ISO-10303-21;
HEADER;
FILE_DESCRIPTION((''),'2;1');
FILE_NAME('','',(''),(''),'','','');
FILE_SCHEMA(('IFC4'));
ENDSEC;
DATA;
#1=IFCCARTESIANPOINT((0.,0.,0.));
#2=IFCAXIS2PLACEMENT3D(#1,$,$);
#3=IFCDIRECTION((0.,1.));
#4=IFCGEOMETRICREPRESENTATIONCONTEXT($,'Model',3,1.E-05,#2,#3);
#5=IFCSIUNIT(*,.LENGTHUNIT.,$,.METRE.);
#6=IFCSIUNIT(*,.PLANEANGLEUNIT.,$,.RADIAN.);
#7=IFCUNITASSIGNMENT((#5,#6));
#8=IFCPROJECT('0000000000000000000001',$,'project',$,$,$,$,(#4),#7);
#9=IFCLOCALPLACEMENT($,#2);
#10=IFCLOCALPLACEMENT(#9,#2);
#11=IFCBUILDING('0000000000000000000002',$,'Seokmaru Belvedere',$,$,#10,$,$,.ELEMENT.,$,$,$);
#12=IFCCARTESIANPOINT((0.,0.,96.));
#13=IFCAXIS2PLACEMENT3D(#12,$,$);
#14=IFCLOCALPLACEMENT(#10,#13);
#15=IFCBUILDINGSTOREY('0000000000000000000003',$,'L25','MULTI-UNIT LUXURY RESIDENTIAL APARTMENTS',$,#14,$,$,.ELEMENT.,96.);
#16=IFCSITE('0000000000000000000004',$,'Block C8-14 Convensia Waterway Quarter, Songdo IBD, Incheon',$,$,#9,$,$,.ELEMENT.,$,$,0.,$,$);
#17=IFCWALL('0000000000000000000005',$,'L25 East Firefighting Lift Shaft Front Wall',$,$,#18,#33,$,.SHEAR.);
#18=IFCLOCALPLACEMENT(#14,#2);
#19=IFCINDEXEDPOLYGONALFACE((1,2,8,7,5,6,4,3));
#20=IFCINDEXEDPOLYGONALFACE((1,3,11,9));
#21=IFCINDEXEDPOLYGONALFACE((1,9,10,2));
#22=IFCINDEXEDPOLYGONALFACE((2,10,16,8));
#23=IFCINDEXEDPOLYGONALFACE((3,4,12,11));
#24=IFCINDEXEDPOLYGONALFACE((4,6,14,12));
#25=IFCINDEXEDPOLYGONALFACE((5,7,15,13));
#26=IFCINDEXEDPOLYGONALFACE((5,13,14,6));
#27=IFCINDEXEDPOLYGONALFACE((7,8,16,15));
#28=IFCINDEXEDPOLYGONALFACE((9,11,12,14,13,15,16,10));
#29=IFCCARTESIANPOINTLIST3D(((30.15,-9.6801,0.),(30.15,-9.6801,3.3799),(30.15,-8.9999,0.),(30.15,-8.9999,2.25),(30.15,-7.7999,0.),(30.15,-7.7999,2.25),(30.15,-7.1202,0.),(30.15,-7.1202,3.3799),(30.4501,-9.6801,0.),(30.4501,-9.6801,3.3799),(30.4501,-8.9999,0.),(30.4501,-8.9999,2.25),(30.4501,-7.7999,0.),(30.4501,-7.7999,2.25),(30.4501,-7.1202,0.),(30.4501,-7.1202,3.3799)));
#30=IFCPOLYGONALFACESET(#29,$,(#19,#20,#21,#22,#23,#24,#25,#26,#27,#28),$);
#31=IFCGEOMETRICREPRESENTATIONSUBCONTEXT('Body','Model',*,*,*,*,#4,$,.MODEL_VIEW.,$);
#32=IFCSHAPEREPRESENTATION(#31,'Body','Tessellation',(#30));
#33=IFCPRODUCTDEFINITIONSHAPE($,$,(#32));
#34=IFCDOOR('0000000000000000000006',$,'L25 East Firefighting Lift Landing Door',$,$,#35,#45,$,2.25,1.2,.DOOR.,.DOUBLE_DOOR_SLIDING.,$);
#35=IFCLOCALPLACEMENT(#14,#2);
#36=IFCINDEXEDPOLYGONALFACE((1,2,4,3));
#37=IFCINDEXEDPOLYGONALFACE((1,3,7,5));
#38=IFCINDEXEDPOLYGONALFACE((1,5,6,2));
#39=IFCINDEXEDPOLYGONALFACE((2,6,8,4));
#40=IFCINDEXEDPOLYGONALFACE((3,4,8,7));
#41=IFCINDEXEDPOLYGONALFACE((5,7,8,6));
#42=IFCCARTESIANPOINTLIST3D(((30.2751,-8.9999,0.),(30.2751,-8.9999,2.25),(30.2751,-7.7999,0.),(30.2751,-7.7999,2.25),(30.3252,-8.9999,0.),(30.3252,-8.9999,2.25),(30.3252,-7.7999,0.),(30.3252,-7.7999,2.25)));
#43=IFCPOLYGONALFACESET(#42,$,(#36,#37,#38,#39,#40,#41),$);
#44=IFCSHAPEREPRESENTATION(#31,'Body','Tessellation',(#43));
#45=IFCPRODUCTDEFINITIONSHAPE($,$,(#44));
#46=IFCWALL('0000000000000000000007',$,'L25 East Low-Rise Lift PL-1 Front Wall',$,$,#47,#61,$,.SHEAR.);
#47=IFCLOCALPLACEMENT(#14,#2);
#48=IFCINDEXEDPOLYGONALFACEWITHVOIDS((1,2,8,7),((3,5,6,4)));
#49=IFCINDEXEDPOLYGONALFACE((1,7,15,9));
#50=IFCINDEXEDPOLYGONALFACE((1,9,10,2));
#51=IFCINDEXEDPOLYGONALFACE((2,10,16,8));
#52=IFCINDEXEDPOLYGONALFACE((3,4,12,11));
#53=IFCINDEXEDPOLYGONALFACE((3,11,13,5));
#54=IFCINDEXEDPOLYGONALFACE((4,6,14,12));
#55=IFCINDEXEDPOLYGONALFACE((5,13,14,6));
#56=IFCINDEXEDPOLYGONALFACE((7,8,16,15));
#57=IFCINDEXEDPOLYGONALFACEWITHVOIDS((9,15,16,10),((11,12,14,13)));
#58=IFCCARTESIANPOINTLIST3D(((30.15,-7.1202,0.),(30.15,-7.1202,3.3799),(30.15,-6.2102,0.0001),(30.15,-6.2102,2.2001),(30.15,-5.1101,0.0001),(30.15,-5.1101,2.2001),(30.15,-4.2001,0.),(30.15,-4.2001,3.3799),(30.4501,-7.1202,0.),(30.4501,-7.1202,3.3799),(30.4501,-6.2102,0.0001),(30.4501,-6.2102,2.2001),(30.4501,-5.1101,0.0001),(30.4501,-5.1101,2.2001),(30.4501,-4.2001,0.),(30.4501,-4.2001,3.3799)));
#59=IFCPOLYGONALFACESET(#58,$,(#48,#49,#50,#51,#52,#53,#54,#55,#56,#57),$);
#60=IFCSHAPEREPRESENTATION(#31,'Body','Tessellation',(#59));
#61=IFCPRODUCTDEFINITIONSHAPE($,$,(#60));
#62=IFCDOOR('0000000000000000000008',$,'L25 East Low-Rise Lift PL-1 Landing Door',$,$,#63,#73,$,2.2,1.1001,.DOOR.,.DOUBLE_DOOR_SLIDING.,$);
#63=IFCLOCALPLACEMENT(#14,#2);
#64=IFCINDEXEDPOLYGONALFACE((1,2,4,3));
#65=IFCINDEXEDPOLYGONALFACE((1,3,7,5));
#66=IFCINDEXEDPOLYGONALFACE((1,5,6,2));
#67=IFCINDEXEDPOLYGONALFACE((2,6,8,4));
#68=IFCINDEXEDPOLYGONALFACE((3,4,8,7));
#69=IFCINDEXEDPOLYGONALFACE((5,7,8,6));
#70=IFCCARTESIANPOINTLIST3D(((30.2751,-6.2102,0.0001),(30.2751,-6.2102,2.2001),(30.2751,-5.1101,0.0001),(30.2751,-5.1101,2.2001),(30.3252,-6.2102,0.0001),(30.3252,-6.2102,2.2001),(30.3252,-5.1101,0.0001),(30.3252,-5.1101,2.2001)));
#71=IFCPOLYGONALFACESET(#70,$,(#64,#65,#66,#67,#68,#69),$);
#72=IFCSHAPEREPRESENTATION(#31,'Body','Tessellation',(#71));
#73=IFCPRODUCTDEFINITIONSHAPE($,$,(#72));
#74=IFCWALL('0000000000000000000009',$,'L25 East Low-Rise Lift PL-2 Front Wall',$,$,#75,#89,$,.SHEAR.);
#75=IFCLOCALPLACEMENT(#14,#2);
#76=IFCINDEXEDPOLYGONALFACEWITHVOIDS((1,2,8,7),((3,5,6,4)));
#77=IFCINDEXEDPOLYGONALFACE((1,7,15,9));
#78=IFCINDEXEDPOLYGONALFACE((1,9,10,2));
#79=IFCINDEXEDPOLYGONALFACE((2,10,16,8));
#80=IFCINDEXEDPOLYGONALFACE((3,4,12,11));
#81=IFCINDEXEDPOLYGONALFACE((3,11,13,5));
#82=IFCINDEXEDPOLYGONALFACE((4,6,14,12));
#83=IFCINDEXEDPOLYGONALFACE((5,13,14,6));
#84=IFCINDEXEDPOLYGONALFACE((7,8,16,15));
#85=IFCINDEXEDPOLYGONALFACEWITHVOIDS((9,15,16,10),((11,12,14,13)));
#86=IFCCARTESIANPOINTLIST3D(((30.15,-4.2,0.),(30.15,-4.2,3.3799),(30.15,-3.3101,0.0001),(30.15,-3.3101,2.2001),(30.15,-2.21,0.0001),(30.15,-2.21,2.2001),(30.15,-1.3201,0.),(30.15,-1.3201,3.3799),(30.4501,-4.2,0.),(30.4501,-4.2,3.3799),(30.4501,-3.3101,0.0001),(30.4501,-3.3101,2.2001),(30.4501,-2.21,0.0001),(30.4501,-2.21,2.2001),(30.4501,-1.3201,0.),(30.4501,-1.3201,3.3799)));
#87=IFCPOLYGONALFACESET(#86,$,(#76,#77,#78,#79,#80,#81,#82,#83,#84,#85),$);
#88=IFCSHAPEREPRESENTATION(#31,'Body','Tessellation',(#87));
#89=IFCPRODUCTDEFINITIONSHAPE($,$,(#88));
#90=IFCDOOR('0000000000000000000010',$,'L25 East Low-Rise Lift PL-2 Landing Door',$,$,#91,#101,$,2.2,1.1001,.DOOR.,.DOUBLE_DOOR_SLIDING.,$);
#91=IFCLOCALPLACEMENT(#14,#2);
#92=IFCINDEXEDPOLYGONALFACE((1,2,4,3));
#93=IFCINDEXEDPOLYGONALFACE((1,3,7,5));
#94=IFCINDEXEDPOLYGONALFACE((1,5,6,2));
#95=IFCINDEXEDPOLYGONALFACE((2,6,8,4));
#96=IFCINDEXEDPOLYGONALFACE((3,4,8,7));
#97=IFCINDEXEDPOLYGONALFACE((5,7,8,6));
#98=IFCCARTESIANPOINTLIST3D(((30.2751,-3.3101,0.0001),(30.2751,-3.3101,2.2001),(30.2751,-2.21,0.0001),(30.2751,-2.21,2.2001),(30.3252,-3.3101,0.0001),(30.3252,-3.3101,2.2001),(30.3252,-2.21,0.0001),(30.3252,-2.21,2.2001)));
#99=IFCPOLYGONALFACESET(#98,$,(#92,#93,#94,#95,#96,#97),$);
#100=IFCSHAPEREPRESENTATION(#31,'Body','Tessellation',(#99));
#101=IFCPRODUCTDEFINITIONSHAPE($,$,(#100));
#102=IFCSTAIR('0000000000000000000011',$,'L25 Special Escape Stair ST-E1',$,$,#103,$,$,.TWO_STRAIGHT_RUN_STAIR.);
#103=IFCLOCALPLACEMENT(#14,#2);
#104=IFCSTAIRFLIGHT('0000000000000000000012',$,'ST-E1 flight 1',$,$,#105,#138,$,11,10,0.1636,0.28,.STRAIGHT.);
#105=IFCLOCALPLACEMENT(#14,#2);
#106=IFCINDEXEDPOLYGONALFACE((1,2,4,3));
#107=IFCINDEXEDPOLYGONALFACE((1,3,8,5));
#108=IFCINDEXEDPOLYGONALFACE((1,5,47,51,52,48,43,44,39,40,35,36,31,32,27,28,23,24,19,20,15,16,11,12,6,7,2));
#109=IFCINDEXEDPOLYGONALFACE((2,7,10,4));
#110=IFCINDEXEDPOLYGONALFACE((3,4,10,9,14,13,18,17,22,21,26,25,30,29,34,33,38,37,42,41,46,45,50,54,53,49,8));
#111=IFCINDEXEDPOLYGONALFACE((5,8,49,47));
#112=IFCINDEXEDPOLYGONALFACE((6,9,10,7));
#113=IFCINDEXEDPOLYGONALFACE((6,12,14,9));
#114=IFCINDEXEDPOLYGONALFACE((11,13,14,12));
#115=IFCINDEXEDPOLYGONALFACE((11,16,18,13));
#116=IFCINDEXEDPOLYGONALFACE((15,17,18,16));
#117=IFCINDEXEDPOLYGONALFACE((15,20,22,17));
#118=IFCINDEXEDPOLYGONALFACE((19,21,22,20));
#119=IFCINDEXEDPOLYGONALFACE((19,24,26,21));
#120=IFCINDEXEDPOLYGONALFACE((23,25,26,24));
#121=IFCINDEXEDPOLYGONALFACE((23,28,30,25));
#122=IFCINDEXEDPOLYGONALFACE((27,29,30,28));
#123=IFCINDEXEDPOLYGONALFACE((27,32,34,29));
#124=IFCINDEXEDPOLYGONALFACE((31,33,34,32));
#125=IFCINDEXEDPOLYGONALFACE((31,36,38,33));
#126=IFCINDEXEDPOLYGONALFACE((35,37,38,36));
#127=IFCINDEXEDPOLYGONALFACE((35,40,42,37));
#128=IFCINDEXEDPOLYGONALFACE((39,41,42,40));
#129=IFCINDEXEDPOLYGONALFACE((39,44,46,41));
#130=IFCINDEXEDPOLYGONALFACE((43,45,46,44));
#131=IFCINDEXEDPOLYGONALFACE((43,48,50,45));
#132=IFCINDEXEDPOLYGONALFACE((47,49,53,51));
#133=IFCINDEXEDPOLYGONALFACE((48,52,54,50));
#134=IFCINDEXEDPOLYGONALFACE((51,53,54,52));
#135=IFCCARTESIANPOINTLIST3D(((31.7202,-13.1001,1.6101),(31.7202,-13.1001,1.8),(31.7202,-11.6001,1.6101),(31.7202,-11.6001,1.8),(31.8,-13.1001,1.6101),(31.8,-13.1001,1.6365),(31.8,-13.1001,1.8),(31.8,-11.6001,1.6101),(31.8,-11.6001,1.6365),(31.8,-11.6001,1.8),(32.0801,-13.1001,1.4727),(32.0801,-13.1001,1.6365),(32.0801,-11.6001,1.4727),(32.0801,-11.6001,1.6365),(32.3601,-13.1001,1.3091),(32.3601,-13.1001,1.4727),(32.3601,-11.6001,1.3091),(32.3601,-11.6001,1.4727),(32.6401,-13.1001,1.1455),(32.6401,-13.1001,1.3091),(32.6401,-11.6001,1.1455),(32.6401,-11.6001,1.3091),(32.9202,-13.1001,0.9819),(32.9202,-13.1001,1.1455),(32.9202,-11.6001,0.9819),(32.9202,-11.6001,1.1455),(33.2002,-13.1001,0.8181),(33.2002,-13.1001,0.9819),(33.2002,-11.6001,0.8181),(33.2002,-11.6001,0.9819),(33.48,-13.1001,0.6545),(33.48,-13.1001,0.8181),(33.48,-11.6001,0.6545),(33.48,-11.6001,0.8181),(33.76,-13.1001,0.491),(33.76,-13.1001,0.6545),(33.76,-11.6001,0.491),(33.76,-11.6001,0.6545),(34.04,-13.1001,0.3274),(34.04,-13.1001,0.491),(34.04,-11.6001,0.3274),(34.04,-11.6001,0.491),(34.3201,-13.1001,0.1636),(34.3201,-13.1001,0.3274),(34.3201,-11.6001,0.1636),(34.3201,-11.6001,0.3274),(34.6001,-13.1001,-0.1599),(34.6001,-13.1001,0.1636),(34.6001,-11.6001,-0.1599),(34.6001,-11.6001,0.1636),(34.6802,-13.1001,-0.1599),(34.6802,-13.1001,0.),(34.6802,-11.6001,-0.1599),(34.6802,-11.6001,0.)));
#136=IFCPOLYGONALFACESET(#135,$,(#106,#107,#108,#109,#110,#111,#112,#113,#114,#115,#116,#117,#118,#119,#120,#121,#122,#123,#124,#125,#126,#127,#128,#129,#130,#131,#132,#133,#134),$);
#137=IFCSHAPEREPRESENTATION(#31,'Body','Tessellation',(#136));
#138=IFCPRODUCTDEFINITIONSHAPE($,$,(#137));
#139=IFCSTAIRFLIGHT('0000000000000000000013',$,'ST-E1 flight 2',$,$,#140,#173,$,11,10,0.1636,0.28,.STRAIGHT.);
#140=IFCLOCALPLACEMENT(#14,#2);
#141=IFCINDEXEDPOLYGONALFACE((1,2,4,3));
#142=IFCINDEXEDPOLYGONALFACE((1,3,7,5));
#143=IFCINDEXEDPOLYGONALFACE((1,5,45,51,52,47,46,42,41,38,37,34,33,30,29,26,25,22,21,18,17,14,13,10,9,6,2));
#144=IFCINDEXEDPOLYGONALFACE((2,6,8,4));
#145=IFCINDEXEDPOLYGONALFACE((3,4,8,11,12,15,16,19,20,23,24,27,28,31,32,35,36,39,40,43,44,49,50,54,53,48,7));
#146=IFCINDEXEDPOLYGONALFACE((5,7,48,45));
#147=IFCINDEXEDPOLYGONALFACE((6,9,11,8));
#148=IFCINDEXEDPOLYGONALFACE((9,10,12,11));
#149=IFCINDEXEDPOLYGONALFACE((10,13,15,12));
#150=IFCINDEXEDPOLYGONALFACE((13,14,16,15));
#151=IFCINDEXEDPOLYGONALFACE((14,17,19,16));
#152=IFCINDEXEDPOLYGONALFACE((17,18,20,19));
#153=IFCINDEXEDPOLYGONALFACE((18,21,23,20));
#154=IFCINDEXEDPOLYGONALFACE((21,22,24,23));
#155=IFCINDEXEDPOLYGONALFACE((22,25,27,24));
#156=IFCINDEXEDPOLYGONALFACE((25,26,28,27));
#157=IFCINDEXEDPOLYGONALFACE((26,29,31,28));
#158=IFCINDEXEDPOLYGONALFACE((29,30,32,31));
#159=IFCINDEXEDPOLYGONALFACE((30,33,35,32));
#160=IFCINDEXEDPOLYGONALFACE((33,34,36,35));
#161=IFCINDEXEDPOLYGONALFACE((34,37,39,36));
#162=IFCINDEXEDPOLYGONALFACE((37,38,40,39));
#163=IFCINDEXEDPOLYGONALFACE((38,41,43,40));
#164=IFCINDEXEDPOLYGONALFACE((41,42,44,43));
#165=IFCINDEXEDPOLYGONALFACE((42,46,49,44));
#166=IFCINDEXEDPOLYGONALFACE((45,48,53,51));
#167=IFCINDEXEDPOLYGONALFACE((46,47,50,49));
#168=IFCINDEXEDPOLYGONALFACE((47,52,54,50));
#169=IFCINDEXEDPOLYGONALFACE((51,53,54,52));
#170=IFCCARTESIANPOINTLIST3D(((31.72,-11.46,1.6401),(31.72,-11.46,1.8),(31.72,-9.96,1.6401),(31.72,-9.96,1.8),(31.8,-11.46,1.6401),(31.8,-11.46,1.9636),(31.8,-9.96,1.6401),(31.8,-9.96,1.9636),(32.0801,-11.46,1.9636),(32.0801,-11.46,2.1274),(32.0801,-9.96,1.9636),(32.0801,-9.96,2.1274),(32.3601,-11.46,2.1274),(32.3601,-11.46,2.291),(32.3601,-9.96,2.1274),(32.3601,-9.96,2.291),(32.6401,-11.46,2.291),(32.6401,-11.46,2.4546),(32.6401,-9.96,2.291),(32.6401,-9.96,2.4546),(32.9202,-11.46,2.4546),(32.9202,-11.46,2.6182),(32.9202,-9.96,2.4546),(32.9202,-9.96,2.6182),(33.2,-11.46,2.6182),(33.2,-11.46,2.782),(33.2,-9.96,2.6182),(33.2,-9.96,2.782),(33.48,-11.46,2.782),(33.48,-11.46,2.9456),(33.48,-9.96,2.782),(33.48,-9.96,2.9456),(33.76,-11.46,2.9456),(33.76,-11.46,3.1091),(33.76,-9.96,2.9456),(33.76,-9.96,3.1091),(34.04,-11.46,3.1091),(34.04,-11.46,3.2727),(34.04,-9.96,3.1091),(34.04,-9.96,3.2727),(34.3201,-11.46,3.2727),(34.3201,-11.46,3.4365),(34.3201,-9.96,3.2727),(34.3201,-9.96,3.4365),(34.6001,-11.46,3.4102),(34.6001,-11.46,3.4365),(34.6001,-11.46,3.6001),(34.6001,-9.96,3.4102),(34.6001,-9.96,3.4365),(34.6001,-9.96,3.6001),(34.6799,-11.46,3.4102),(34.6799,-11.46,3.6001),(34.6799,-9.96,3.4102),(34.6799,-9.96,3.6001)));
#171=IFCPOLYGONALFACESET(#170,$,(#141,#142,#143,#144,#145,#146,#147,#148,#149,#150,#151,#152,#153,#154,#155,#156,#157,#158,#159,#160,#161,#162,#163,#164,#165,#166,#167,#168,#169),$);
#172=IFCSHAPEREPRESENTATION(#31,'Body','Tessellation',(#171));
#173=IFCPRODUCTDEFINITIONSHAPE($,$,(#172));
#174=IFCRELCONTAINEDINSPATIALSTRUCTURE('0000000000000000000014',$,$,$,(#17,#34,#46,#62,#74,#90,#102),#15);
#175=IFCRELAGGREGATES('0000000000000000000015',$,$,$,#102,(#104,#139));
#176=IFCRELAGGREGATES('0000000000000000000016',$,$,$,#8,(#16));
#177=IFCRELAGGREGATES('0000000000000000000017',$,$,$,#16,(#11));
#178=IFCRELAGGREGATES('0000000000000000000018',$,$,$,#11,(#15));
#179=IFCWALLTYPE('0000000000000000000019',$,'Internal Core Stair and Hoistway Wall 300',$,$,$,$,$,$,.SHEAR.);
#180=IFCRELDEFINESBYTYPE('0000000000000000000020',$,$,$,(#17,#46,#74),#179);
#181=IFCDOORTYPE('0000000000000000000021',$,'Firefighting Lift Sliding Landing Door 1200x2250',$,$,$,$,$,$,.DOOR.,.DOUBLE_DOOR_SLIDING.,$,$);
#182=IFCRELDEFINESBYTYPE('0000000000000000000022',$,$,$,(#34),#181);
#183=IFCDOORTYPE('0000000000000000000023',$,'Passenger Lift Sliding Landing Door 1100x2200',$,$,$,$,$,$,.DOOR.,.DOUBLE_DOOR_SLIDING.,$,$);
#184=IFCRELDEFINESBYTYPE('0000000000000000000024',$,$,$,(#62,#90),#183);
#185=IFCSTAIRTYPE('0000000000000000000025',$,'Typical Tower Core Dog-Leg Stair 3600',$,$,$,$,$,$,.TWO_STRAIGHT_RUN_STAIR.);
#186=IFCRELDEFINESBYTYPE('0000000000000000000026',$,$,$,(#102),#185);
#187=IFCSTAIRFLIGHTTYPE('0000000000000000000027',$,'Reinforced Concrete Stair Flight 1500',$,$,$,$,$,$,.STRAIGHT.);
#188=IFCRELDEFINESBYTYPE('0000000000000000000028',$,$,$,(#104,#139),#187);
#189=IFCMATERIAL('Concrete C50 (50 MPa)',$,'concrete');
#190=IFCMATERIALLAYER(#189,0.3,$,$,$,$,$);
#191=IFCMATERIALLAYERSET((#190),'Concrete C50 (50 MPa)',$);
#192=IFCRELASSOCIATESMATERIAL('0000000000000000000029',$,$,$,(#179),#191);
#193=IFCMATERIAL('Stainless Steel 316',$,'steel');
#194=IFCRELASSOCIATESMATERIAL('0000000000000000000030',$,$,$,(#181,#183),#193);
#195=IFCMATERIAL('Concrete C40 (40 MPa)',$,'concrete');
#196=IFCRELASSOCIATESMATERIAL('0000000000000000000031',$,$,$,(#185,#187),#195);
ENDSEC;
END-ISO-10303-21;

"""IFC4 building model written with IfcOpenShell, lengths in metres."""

from ifc_helpers import new_model, si_unit, direction, frame, frame_2d, origin, place, context, subcontext, project, spatial, polyline, rectangle, outline, extrude, source, transform, mapped, material, layer, layer_set, type_object, type_shapes, element, fill, aggregate, save


model = new_model("IFC4")

# Units and contexts
model_context = context("Model", 3, precision=1e-05, world=origin(), true_north=direction((0.0, 1.0)))
body_context = subcontext(model_context, "Body", "Model", "MODEL_VIEW")
ifc_project = project(units=[si_unit("LENGTHUNIT", "METRE"), si_unit("PLANEANGLEUNIT", "RADIAN")], contexts=[model_context])

# Site, building, storey
site_placement = place(None, origin())
site = spatial("IfcSite", under=ifc_project, at=site_placement, Name="Block C8-14 Convensia Waterway Quarter, Songdo IBD, Incheon", CompositionType="ELEMENT", RefElevation=0.0)
building_placement = place(site_placement, origin())
building = spatial("IfcBuilding", under=site, at=building_placement, Name="Seokmaru Belvedere", CompositionType="ELEMENT")
storey_placement = place(building_placement, frame((0.0, 0.0, 96.0)))
storey = spatial("IfcBuildingStorey", under=building, at=storey_placement, Name="L25", Description="MULTI-UNIT LUXURY RESIDENTIAL APARTMENTS", CompositionType="ELEMENT", Elevation=96.0)

# Walls, openings, doors
ifc_material_1 = material(Name="Concrete C50 (50 MPa)", Category="concrete")
ifc_layer_1 = layer(ifc_material_1, 0.3)
ifc_layer_set_1 = layer_set([ifc_layer_1], Name="Concrete C50 (50 MPa)")
wall_type_1 = type_object("IfcWallType", Name="Internal Core Stair and Hoistway Wall 300", PredefinedType="SHEAR", material=ifc_layer_set_1)
wall_1_placement = place(storey_placement, frame((30.3, -9.6799, 0.0), z_axis=(0.0, 0.0, 1.0), x_axis=(0.0, 1.0, 0.0)))
wall_1 = element("IfcWall", 1, at=wall_1_placement, inside=storey, type_object=wall_type_1, Name="L25 East Firefighting Lift Shaft Front Wall", PredefinedType="SHEAR", context=body_context, shape_type="SweptSolid", body=[
    extrude(rectangle(XDim=2.5598, YDim=0.3, at=frame_2d((1.2798, 0.0))), origin(), (0.0, 0.0, 1.0), 3.3799),
])
opening_1_placement = place(wall_1_placement, frame((0.6799, 0.0, 0.0)))
opening_1 = element("IfcOpeningElement", 2, at=opening_1_placement, cuts=wall_1, PredefinedType="OPENING", context=body_context, shape_type="SweptSolid", body=[
    extrude(rectangle(XDim=1.2, YDim=2.25, at=frame_2d((0.6001, 1.125))), frame((0.0, 0.1602, 0.0), z_axis=(0.0, -1.0, 0.0), x_axis=(1.0, 0.0, 0.0)), (0.0, 0.0, 1.0), 0.3201),
])
ifc_material_2 = material(Name="Stainless Steel 316", Category="steel")
door_type_1 = type_object("IfcDoorType", Name="Firefighting Lift Sliding Landing Door 1200x2250", OperationType="DOUBLE_DOOR_SLIDING", PredefinedType="DOOR", material=ifc_material_2)
shared_shape_1 = source(origin(), body_context, "Body", "SweptSolid", [
    extrude(rectangle(XDim=1.2, YDim=2.25, at=frame_2d((0.6001, 1.125))), frame((0.0, 0.0249, 0.0), z_axis=(0.0, -1.0, 0.0), x_axis=(1.0, 0.0, 0.0)), (0.0, 0.0, 1.0), 0.05),
])
type_shapes(door_type_1, [shared_shape_1])
door_1_placement = place(opening_1_placement, origin())
door_1 = element("IfcDoor", 3, at=door_1_placement, inside=storey, type_object=door_type_1, Name="L25 East Firefighting Lift Landing Door", OperationType="DOUBLE_DOOR_SLIDING", OverallHeight=2.25, OverallWidth=1.2, PredefinedType="DOOR", context=body_context, shape_type="MappedRepresentation", body=[
    mapped(shared_shape_1, transform((0.0, 0.0, 0.0), scale=1.0)),
])
fill(opening_1, door_1)
wall_2_placement = place(storey_placement, frame((30.3, -7.1201, 0.0), z_axis=(0.0, 0.0, 1.0), x_axis=(0.0, 1.0, 0.0)))
wall_2 = element("IfcWall", 4, at=wall_2_placement, inside=storey, type_object=wall_type_1, Name="L25 East Low-Rise Lift PL-1 Front Wall", PredefinedType="SHEAR", context=body_context, shape_type="SweptSolid", body=[
    extrude(rectangle(XDim=2.9202, YDim=0.3, at=frame_2d((1.46, 0.0))), origin(), (0.0, 0.0, 1.0), 3.3799),
])
opening_2_placement = place(wall_2_placement, frame((0.9099, 0.0, 0.0)))
opening_2 = element("IfcOpeningElement", 5, at=opening_2_placement, cuts=wall_2, PredefinedType="OPENING", context=body_context, shape_type="SweptSolid", body=[
    extrude(rectangle(XDim=1.1001, YDim=2.2, at=frame_2d((0.55, 1.1001))), frame((0.0, 0.1602, 0.0), z_axis=(0.0, -1.0, 0.0), x_axis=(1.0, 0.0, 0.0)), (0.0, 0.0, 1.0), 0.3201),
])
door_type_2 = type_object("IfcDoorType", Name="Passenger Lift Sliding Landing Door 1100x2200", OperationType="DOUBLE_DOOR_SLIDING", PredefinedType="DOOR", material=ifc_material_2)
shared_shape_2 = source(origin(), body_context, "Body", "SweptSolid", [
    extrude(rectangle(XDim=1.1001, YDim=2.2, at=frame_2d((0.55, 1.1001))), frame((0.0, 0.0249, 0.0), z_axis=(0.0, -1.0, 0.0), x_axis=(1.0, 0.0, 0.0)), (0.0, 0.0, 1.0), 0.05),
])
type_shapes(door_type_2, [shared_shape_2])
door_2_placement = place(opening_2_placement, origin())
door_2 = element("IfcDoor", 6, at=door_2_placement, inside=storey, type_object=door_type_2, Name="L25 East Low-Rise Lift PL-1 Landing Door", OperationType="DOUBLE_DOOR_SLIDING", OverallHeight=2.2, OverallWidth=1.1001, PredefinedType="DOOR", context=body_context, shape_type="MappedRepresentation", body=[
    mapped(shared_shape_2, transform((0.0, 0.0, 0.0), scale=1.0)),
])
fill(opening_2, door_2)
wall_3_placement = place(storey_placement, frame((30.3, -4.2, 0.0), z_axis=(0.0, 0.0, 1.0), x_axis=(0.0, 1.0, 0.0)))
wall_3 = element("IfcWall", 7, at=wall_3_placement, inside=storey, type_object=wall_type_1, Name="L25 East Low-Rise Lift PL-2 Front Wall", PredefinedType="SHEAR", context=body_context, shape_type="SweptSolid", body=[
    extrude(rectangle(XDim=2.8799, YDim=0.3, at=frame_2d((1.4399, 0.0))), origin(), (0.0, 0.0, 1.0), 3.3799),
])
opening_3_placement = place(wall_3_placement, frame((0.8899, 0.0, 0.0)))
opening_3 = element("IfcOpeningElement", 8, at=opening_3_placement, cuts=wall_3, PredefinedType="OPENING", context=body_context, shape_type="SweptSolid", body=[
    extrude(rectangle(XDim=1.1001, YDim=2.2, at=frame_2d((0.55, 1.1001))), frame((0.0, 0.1602, 0.0), z_axis=(0.0, -1.0, 0.0), x_axis=(1.0, 0.0, 0.0)), (0.0, 0.0, 1.0), 0.3201),
])
door_3_placement = place(opening_3_placement, origin())
door_3 = element("IfcDoor", 9, at=door_3_placement, inside=storey, type_object=door_type_2, Name="L25 East Low-Rise Lift PL-2 Landing Door", OperationType="DOUBLE_DOOR_SLIDING", OverallHeight=2.2, OverallWidth=1.1001, PredefinedType="DOOR", context=body_context, shape_type="MappedRepresentation", body=[
    mapped(shared_shape_2, transform((0.0, 0.0, 0.0), scale=1.0)),
])
fill(opening_3, door_3)

# Stair, stair flights
ifc_material_3 = material(Name="Concrete C40 (40 MPa)", Category="concrete")
stair_type = type_object("IfcStairType", Name="Typical Tower Core Dog-Leg Stair 3600", PredefinedType="TWO_STRAIGHT_RUN_STAIR", material=ifc_material_3)
stair_placement = place(storey_placement, origin())
stair = element("IfcStair", 10, at=stair_placement, inside=storey, type_object=stair_type, Name="L25 Special Escape Stair ST-E1", PredefinedType="TWO_STRAIGHT_RUN_STAIR")
stair_flight_type = type_object("IfcStairFlightType", Name="Reinforced Concrete Stair Flight 1500", PredefinedType="STRAIGHT", material=ifc_material_3)
stair_flight_1_placement = place(storey_placement, frame((34.6001, -12.3501, 0.0), z_axis=(0.0, 0.0, 1.0), x_axis=(-1.0, 0.0, 0.0)))
stair_flight_1 = element("IfcStairFlight", 11, at=stair_flight_1_placement, type_object=stair_flight_type, Name="ST-E1 flight 1", NumberOfRisers=11, NumberOfTreads=10, PredefinedType="STRAIGHT", RiserHeight=0.1636, TreadLength=0.28, context=body_context, shape_type="SweptSolid", body=[
    extrude(outline(polyline([(-0.0801, 0.0), (0.0, 0.1636), (0.28, 0.1636), (0.28, 0.3274), (0.5601, 0.3274), (0.5601, 0.491), (0.8401, 0.491), (0.8401, 0.6545), (1.1201, 0.6545), (1.1201, 0.8181), (1.3999, 0.8181), (1.3999, 0.9819), (1.6799, 0.9819), (1.6799, 1.1455), (1.96, 1.1455), (1.96, 1.3091), (2.24, 1.3091), (2.24, 1.4727), (2.52, 1.4727), (2.52, 1.6365), (2.8, 1.6365), (2.8, 1.8), (2.8799, 1.8), (2.8799, 1.6101), (2.8, 1.6101), (0.0, -0.1599), (-0.0801, -0.1599), (-0.0801, 0.0)])), frame((0.0, 0.75, 0.0), z_axis=(0.0, -1.0, 0.0), x_axis=(1.0, 0.0, 0.0)), (0.0, 0.0, 1.0), 1.5),
])
stair_flight_2_placement = place(storey_placement, frame((31.8, -10.71, 1.8), z_axis=(0.0, 0.0, 1.0), x_axis=(1.0, 0.0, 0.0)))
stair_flight_2 = element("IfcStairFlight", 12, at=stair_flight_2_placement, type_object=stair_flight_type, Name="ST-E1 flight 2", NumberOfRisers=11, NumberOfTreads=10, PredefinedType="STRAIGHT", RiserHeight=0.1636, TreadLength=0.28, context=body_context, shape_type="SweptSolid", body=[
    extrude(outline(polyline([(-0.0801, 0.0), (0.0, 0.1636), (0.28, 0.1636), (0.28, 0.3274), (0.5601, 0.3274), (0.5601, 0.491), (0.8401, 0.491), (0.8401, 0.6545), (1.1201, 0.6545), (1.1201, 0.8181), (1.3999, 0.8181), (1.3999, 0.9819), (1.6799, 0.9819), (1.6799, 1.1455), (1.96, 1.1455), (1.96, 1.3091), (2.24, 1.3091), (2.24, 1.4727), (2.52, 1.4727), (2.52, 1.6365), (2.8, 1.6365), (2.8, 1.8), (2.8799, 1.8), (2.8799, 1.6101), (2.8, 1.6101), (0.0, -0.1599), (-0.0801, -0.1599), (-0.0801, 0.0)])), frame((0.0, 0.75, 0.0), z_axis=(0.0, -1.0, 0.0), x_axis=(1.0, 0.0, 0.0)), (0.0, 0.0, 1.0), 1.5),
])
aggregate(stair, [stair_flight_1, stair_flight_2])

save(model, "model.ifc")
